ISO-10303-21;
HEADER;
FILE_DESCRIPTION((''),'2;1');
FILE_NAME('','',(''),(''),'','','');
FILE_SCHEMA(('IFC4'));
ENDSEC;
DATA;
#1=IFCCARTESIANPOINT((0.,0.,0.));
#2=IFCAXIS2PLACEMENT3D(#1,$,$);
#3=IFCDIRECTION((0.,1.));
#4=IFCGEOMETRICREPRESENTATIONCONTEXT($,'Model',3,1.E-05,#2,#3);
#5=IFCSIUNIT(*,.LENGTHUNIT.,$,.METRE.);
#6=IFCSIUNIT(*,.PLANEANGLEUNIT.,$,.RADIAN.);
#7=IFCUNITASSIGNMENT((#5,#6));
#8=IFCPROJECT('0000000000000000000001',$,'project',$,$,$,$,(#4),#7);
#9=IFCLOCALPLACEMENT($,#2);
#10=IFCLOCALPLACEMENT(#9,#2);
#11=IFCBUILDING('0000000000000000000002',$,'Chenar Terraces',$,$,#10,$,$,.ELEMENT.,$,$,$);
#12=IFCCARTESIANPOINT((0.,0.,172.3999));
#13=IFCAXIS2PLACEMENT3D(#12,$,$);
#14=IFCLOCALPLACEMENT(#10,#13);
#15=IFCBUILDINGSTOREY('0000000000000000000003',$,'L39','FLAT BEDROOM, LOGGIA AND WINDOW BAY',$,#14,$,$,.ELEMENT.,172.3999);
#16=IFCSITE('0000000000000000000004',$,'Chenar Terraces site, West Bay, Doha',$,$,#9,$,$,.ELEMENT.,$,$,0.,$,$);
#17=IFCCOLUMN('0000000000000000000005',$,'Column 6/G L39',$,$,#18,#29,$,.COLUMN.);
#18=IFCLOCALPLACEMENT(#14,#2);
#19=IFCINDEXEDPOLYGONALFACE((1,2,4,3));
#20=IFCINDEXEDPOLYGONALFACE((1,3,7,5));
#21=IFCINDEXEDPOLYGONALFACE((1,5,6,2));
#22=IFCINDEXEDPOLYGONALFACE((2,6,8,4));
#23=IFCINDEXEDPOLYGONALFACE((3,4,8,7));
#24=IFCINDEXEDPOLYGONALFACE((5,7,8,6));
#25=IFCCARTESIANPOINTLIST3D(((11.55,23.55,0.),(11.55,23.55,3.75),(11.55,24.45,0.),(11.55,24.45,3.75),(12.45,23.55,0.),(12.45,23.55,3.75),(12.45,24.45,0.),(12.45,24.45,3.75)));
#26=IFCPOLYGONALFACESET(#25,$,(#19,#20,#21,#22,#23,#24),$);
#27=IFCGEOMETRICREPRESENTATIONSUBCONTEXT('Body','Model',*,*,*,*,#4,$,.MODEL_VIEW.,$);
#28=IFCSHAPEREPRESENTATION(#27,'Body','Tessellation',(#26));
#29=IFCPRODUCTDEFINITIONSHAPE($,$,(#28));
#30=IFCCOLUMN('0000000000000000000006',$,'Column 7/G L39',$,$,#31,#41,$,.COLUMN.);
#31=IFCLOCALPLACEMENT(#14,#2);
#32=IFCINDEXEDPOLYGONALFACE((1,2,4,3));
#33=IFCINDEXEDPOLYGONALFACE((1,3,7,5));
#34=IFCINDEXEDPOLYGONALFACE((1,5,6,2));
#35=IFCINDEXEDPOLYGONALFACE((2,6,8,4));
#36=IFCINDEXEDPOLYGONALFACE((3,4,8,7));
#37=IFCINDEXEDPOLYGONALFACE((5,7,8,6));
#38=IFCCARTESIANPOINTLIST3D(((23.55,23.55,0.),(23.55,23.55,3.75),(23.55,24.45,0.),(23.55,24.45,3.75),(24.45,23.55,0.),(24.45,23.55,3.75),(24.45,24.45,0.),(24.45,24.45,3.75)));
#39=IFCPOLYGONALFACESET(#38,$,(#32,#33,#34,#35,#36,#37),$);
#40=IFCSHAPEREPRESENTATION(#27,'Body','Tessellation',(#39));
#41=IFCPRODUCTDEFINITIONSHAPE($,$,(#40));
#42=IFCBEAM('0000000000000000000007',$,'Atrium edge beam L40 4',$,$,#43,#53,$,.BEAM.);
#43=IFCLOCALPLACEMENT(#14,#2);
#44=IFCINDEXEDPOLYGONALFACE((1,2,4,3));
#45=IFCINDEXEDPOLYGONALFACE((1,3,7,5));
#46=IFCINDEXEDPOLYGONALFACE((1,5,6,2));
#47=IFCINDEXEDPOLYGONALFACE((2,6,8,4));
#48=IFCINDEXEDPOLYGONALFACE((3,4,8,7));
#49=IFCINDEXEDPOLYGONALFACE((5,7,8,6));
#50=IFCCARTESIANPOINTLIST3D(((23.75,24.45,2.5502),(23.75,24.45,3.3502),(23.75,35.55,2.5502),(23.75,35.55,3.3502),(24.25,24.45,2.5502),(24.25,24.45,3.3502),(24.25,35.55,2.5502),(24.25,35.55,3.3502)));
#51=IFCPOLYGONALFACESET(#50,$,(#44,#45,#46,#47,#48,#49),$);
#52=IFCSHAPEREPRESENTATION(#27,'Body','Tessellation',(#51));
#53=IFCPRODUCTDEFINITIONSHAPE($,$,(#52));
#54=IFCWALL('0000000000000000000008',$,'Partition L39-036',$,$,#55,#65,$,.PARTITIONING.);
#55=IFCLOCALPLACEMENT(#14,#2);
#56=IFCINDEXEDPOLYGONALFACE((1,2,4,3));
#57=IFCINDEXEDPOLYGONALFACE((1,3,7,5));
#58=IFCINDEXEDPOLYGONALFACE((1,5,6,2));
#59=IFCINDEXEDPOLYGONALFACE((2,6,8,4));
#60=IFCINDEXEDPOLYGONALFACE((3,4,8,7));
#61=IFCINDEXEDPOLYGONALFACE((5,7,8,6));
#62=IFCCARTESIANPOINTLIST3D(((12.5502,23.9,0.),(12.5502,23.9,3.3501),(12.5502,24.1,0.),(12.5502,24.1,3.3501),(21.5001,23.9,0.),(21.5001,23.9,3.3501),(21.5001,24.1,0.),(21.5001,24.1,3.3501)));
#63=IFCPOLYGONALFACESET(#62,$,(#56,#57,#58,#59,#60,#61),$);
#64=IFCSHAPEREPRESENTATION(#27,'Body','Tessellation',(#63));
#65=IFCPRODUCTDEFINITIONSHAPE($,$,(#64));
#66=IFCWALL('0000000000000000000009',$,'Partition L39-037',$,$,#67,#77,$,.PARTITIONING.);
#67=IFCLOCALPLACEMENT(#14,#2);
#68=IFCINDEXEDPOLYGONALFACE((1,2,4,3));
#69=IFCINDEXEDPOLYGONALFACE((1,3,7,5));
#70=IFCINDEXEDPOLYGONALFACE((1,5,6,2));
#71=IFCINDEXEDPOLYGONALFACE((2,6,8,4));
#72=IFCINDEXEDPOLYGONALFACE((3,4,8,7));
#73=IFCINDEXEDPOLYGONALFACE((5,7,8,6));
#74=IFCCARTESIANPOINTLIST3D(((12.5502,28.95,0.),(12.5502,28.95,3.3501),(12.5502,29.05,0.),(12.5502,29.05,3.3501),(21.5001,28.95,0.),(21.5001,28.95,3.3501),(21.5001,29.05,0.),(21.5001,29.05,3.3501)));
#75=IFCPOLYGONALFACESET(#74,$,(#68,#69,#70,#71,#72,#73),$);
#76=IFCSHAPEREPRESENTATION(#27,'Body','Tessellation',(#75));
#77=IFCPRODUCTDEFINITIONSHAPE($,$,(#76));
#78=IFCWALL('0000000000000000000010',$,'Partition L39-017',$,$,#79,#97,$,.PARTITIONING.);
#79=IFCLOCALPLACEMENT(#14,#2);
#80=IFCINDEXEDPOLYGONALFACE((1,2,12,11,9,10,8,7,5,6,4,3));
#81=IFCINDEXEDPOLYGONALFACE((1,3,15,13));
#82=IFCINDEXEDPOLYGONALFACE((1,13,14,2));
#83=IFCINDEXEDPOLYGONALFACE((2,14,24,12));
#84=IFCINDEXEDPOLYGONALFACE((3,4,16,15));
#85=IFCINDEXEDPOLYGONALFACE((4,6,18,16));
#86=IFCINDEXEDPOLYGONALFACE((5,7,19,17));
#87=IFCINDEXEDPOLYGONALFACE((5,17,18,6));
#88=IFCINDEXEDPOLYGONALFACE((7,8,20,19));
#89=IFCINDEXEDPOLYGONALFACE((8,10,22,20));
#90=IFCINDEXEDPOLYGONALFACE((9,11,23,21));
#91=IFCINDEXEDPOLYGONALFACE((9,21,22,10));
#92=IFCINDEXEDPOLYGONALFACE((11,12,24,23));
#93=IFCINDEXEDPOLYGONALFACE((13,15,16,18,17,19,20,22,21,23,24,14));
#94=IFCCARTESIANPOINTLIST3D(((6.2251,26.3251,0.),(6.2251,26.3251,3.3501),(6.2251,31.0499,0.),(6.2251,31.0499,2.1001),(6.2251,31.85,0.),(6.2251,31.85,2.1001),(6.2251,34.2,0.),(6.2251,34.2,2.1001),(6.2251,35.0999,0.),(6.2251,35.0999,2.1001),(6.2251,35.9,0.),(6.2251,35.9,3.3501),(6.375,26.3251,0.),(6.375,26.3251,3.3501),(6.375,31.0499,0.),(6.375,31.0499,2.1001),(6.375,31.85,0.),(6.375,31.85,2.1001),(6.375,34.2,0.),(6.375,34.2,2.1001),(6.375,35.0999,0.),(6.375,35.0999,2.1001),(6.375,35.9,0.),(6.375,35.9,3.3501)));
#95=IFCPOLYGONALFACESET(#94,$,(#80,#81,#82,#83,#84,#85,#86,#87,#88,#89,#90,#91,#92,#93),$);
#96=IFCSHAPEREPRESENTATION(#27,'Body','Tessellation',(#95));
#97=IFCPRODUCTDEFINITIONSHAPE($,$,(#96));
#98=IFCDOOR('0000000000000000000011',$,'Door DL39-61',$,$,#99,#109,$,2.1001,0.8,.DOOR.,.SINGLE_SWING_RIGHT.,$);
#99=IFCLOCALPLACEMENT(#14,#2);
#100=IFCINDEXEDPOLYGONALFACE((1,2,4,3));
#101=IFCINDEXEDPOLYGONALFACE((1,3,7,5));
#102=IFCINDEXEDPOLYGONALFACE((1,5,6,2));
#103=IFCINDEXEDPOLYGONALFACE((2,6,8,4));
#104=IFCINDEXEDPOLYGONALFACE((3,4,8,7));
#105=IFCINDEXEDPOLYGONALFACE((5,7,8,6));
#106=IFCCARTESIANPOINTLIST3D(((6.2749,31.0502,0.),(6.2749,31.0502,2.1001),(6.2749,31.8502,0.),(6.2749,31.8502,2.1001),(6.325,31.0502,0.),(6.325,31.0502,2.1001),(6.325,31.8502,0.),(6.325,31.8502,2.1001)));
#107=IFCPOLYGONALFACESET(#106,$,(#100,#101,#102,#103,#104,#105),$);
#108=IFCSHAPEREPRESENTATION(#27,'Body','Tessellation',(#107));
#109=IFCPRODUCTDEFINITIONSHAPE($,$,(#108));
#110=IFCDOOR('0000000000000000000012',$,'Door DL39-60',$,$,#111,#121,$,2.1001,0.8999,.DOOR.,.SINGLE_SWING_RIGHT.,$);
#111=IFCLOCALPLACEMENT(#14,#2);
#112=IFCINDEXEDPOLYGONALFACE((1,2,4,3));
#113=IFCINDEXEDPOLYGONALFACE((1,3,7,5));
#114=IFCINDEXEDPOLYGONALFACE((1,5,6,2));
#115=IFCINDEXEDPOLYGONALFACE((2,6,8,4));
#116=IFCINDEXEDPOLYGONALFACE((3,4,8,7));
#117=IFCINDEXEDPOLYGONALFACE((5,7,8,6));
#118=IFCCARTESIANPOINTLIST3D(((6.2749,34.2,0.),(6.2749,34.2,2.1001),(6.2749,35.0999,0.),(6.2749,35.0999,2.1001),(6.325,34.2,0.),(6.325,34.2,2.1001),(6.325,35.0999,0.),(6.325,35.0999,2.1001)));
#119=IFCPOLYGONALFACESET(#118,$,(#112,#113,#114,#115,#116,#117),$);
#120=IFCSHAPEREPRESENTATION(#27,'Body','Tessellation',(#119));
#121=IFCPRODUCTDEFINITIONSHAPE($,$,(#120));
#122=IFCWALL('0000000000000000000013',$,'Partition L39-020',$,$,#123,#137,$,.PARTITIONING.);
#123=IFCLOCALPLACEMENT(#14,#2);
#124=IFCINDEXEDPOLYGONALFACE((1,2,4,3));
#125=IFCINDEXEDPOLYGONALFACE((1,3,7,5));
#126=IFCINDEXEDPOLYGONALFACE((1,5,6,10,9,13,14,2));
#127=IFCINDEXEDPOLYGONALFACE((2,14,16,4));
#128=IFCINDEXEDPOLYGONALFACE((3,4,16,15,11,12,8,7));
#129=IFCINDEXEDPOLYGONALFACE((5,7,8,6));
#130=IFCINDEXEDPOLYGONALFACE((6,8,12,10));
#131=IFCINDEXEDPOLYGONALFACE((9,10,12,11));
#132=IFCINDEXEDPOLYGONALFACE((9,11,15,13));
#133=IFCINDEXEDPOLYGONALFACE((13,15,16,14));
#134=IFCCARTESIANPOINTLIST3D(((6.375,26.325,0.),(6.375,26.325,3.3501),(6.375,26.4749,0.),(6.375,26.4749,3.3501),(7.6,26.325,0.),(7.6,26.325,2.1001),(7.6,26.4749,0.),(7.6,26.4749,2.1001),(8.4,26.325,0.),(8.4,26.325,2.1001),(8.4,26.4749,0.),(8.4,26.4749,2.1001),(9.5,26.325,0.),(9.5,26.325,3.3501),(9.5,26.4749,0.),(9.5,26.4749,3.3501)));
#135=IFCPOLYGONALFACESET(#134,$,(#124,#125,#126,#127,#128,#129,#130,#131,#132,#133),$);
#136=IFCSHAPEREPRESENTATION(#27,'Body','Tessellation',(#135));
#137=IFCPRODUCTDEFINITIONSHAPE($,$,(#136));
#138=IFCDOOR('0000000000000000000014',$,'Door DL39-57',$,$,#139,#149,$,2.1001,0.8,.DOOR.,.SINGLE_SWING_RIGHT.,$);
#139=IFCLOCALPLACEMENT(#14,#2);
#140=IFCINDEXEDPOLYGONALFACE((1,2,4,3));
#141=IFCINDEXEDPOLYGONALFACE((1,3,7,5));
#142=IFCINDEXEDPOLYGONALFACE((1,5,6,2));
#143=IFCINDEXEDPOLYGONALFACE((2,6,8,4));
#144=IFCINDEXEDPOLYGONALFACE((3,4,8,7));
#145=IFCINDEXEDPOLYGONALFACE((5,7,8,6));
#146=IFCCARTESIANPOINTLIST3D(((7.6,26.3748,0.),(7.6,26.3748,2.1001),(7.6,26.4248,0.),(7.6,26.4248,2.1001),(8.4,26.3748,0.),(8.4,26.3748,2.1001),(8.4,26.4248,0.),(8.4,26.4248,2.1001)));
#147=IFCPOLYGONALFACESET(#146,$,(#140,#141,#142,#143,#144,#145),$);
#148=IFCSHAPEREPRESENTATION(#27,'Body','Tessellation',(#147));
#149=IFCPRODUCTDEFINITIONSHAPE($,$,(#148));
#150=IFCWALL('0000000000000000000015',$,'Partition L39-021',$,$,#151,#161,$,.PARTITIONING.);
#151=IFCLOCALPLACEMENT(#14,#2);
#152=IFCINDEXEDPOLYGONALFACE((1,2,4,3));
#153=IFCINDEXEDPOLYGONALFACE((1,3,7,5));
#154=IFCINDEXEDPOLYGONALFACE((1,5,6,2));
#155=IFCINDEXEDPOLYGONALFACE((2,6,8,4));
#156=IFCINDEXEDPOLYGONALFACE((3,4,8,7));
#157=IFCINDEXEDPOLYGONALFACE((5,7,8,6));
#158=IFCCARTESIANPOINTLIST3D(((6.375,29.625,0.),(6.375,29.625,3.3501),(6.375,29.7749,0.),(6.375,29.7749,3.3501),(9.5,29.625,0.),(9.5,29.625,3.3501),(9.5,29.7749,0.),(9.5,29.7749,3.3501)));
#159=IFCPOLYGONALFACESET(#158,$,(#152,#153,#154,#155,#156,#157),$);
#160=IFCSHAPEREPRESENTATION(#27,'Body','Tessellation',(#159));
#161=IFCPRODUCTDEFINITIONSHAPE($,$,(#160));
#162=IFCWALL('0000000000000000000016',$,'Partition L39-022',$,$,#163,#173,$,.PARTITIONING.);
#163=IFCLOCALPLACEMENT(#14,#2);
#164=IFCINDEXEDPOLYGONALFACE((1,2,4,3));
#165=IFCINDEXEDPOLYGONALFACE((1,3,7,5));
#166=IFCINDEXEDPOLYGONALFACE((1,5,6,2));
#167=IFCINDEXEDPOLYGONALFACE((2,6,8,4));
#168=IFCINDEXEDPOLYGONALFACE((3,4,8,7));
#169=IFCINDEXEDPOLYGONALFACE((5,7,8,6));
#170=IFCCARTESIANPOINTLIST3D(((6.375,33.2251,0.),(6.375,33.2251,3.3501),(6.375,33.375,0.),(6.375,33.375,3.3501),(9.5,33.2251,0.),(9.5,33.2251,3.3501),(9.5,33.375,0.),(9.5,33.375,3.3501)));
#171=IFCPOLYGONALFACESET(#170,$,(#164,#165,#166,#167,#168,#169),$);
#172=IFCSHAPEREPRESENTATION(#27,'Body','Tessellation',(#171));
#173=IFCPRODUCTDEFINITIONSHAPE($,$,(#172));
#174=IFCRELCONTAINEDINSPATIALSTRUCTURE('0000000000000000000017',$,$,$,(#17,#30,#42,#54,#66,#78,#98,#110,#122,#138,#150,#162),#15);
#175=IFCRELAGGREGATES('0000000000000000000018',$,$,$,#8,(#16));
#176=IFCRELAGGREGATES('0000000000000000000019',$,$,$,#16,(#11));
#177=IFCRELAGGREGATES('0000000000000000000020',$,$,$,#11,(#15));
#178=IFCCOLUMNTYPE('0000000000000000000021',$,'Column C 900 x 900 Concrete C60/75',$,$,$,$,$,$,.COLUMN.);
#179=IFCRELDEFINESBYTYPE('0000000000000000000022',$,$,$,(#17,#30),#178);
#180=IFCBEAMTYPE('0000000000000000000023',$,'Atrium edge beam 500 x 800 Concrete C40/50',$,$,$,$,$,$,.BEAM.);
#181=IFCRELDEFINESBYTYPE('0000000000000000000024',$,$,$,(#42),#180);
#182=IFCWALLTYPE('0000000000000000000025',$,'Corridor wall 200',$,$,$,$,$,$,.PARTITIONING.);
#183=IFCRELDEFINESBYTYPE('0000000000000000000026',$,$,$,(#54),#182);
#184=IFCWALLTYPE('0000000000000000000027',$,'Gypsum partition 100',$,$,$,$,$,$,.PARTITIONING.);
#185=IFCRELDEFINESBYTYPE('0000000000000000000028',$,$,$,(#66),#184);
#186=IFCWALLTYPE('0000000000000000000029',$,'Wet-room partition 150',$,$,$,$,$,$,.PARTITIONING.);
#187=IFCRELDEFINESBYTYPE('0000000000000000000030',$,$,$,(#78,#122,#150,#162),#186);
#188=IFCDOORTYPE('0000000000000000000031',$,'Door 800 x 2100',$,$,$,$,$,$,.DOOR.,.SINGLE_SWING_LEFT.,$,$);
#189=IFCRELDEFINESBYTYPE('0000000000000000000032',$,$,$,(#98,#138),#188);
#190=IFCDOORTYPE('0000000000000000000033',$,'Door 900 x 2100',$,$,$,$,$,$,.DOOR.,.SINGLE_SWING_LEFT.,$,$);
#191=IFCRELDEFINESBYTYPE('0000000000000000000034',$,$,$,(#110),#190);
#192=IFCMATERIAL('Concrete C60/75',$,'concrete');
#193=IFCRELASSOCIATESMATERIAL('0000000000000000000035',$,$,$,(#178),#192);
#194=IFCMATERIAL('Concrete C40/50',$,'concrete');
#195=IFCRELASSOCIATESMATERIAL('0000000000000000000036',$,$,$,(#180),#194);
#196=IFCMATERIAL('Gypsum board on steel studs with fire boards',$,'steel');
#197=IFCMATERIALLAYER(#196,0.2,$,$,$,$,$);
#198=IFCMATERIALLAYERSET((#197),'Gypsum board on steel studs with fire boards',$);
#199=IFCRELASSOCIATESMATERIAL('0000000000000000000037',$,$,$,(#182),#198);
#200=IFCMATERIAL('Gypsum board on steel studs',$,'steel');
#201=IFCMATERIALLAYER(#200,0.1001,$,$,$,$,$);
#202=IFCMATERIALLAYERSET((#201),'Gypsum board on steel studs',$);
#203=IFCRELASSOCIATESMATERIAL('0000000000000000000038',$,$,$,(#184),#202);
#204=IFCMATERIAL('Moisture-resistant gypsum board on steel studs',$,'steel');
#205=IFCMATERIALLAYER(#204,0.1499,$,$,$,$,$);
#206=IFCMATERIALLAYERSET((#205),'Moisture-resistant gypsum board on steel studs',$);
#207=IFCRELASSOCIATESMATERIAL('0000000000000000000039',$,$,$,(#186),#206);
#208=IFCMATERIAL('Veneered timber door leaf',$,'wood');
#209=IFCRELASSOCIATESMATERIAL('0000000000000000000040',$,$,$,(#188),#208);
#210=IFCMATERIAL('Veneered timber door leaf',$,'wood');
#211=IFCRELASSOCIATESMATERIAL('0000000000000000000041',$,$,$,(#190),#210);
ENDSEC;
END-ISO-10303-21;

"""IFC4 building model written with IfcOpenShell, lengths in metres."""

from ifc_helpers import new_model, si_unit, direction, frame, frame_2d, origin, origin_2d, place, context, subcontext, project, spatial, rectangle, extrude, material, layer, layer_set, material_profile, profile_set, type_object, element, fill, save


model = new_model("IFC4")

# Units and contexts
model_context = context("Model", 3, precision=1e-05, world=origin(), true_north=direction((0.0, 1.0)))
body_context = subcontext(model_context, "Body", "Model", "MODEL_VIEW")
ifc_project = project(units=[si_unit("LENGTHUNIT", "METRE"), si_unit("PLANEANGLEUNIT", "RADIAN")], contexts=[model_context])

# Site, building, storey
site_placement = place(None, origin())
site = spatial("IfcSite", under=ifc_project, at=site_placement, Name="Chenar Terraces site, West Bay, Doha", CompositionType="ELEMENT", RefElevation=0.0)
building_placement = place(site_placement, origin())
building = spatial("IfcBuilding", under=site, at=building_placement, Name="Chenar Terraces", CompositionType="ELEMENT")
storey_placement = place(building_placement, frame((0.0, 0.0, 172.3999)))
storey = spatial("IfcBuildingStorey", under=building, at=storey_placement, Name="L39", Description="FLAT BEDROOM, LOGGIA AND WINDOW BAY", CompositionType="ELEMENT", Elevation=172.3999)

# Columns
ifc_material_1 = material(Name="Concrete C60/75", Category="concrete")
ifc_material_profile_1 = material_profile(ifc_material_1, rectangle(XDim=0.8999, YDim=0.8999, at=origin_2d()), Name="C 900 x 900")
ifc_profile_set_1 = profile_set([ifc_material_profile_1], Name="Concrete C60/75")
column_type = type_object("IfcColumnType", Name="Column C 900 x 900 Concrete C60/75", PredefinedType="COLUMN", material=ifc_profile_set_1)
for number, where, z_axis, x_axis, name in (
    (1, (12.0, 24.0, 0.0), (0.0, 0.0, 1.0), (1.0, 0.0, 0.0), "Column 6/G L39"),
    (2, (24.0, 24.0, 0.0), (0.0, 0.0, 1.0), (1.0, 0.0, 0.0), "Column 7/G L39"),
):
    element("IfcColumn", number, at=place(storey_placement, frame(where, z_axis=z_axis, x_axis=x_axis)), inside=storey, type_object=column_type, Name=name, PredefinedType="COLUMN", context=body_context, shape_type="SweptSolid", body=[
        extrude(rectangle(XDim=0.8999, YDim=0.8999, at=origin_2d()), origin(), (0.0, 0.0, 1.0), 3.75),
    ])

# Beam
ifc_material_2 = material(Name="Concrete C40/50", Category="concrete")
ifc_material_profile_2 = material_profile(ifc_material_2, rectangle(XDim=0.5, YDim=0.8, at=origin_2d()), Name="RC 500 x 800")
ifc_profile_set_2 = profile_set([ifc_material_profile_2], Name="Concrete C40/50")
beam_type = type_object("IfcBeamType", Name="Atrium edge beam 500 x 800 Concrete C40/50", PredefinedType="BEAM", material=ifc_profile_set_2)
beam_placement = place(storey_placement, frame((24.0, 35.55, 2.9502), z_axis=(0.0, -1.0, 0.0), x_axis=(1.0, 0.0, 0.0)))
element("IfcBeam", 3, at=beam_placement, inside=storey, type_object=beam_type, Name="Atrium edge beam L40 4", PredefinedType="BEAM", context=body_context, shape_type="SweptSolid", body=[
    extrude(rectangle(XDim=0.5, YDim=0.8, at=origin_2d()), origin(), (0.0, 0.0, 1.0), 11.1001),
])

# Walls
ifc_material_3 = material(Name="Gypsum board on steel studs with fire boards", Category="steel")
ifc_layer_1 = layer(ifc_material_3, 0.2)
ifc_layer_set_1 = layer_set([ifc_layer_1], Name="Gypsum board on steel studs with fire boards")
wall_type_1 = type_object("IfcWallType", Name="Corridor wall 200", PredefinedType="PARTITIONING", material=ifc_layer_set_1)
wall_1_placement = place(storey_placement, frame((12.55, 24.0, 0.0), z_axis=(0.0, 0.0, 1.0), x_axis=(1.0, 0.0, 0.0)))
element("IfcWall", 4, at=wall_1_placement, inside=storey, type_object=wall_type_1, Name="Partition L39-036", PredefinedType="PARTITIONING", context=body_context, shape_type="SweptSolid", body=[
    extrude(rectangle(XDim=8.95, YDim=0.2, at=frame_2d((4.4751, 0.0))), origin(), (0.0, 0.0, 1.0), 3.3501),
])
ifc_material_4 = material(Name="Gypsum board on steel studs", Category="steel")
ifc_layer_2 = layer(ifc_material_4, 0.1001)
ifc_layer_set_2 = layer_set([ifc_layer_2], Name="Gypsum board on steel studs")
wall_type_2 = type_object("IfcWallType", Name="Gypsum partition 100", PredefinedType="PARTITIONING", material=ifc_layer_set_2)
wall_2_placement = place(storey_placement, frame((12.55, 29.0, 0.0), z_axis=(0.0, 0.0, 1.0), x_axis=(1.0, 0.0, 0.0)))
element("IfcWall", 5, at=wall_2_placement, inside=storey, type_object=wall_type_2, Name="Partition L39-037", PredefinedType="PARTITIONING", context=body_context, shape_type="SweptSolid", body=[
    extrude(rectangle(XDim=8.95, YDim=0.1001, at=frame_2d((4.4751, 0.0))), origin(), (0.0, 0.0, 1.0), 3.3501),
])

# Wall, openings, doors
ifc_material_5 = material(Name="Moisture-resistant gypsum board on steel studs", Category="steel")
ifc_layer_3 = layer(ifc_material_5, 0.1499)
ifc_layer_set_3 = layer_set([ifc_layer_3], Name="Moisture-resistant gypsum board on steel studs")
wall_type_3 = type_object("IfcWallType", Name="Wet-room partition 150", PredefinedType="PARTITIONING", material=ifc_layer_set_3)
wall_3_placement = place(storey_placement, frame((6.3, 26.325, 0.0), z_axis=(0.0, 0.0, 1.0), x_axis=(0.0, 1.0, 0.0)))
wall_3 = element("IfcWall", 6, at=wall_3_placement, inside=storey, type_object=wall_type_3, Name="Partition L39-017", PredefinedType="PARTITIONING", context=body_context, shape_type="SweptSolid", body=[
    extrude(rectangle(XDim=9.575, YDim=0.1499, at=frame_2d((4.7876, 0.0))), origin(), (0.0, 0.0, 1.0), 3.3501),
])
opening_1_placement = place(wall_3_placement, frame((7.875, 0.0, 0.0)))
opening_1 = element("IfcOpeningElement", 7, at=opening_1_placement, cuts=wall_3, PredefinedType="OPENING", context=body_context, shape_type="SweptSolid", body=[
    extrude(rectangle(XDim=0.8999, YDim=2.1001, at=frame_2d((0.45, 1.05))), frame((0.0, 0.085, 0.0), z_axis=(0.0, -1.0, 0.0), x_axis=(1.0, 0.0, 0.0)), (0.0, 0.0, 1.0), 0.1699),
])
opening_2_placement = place(wall_3_placement, frame((4.7251, 0.0, 0.0)))
opening_2 = element("IfcOpeningElement", 8, at=opening_2_placement, cuts=wall_3, PredefinedType="OPENING", context=body_context, shape_type="SweptSolid", body=[
    extrude(rectangle(XDim=0.8, YDim=2.1001, at=frame_2d((0.3999, 1.05))), frame((0.0, 0.085, 0.0), z_axis=(0.0, -1.0, 0.0), x_axis=(1.0, 0.0, 0.0)), (0.0, 0.0, 1.0), 0.1699),
])
ifc_material_6 = material(Name="Veneered timber door leaf", Category="wood")
door_type_1 = type_object("IfcDoorType", Name="Door 800 x 2100", OperationType="SINGLE_SWING_LEFT", PredefinedType="DOOR", material=ifc_material_6)
door_1_placement = place(opening_2_placement, frame((0.8, 0.0, 0.0), z_axis=(0.0, 0.0, 1.0), x_axis=(-1.0, 0.0, 0.0)))
door_1 = element("IfcDoor", 9, at=door_1_placement, inside=storey, type_object=door_type_1, Name="Door DL39-61", OperationType="SINGLE_SWING_RIGHT", OverallHeight=2.1001, OverallWidth=0.8, PredefinedType="DOOR", context=body_context, shape_type="SweptSolid", body=[
    extrude(rectangle(XDim=0.8, YDim=2.1001, at=frame_2d((0.3999, 1.05))), frame((0.0, 0.0249, 0.0), z_axis=(0.0, -1.0, 0.0), x_axis=(1.0, 0.0, 0.0)), (0.0, 0.0, 1.0), 0.05),
])
fill(opening_2, door_1)
ifc_material_7 = material(Name="Veneered timber door leaf", Category="wood")
door_type_2 = type_object("IfcDoorType", Name="Door 900 x 2100", OperationType="SINGLE_SWING_LEFT", PredefinedType="DOOR", material=ifc_material_7)
door_2_placement = place(opening_1_placement, frame((0.8999, 0.0, 0.0), z_axis=(0.0, 0.0, 1.0), x_axis=(-1.0, 0.0, 0.0)))
door_2 = element("IfcDoor", 10, at=door_2_placement, inside=storey, type_object=door_type_2, Name="Door DL39-60", OperationType="SINGLE_SWING_RIGHT", OverallHeight=2.1001, OverallWidth=0.8999, PredefinedType="DOOR", context=body_context, shape_type="SweptSolid", body=[
    extrude(rectangle(XDim=0.8999, YDim=2.1001, at=frame_2d((0.45, 1.05))), frame((0.0, 0.0249, 0.0), z_axis=(0.0, -1.0, 0.0), x_axis=(1.0, 0.0, 0.0)), (0.0, 0.0, 1.0), 0.05),
])
fill(opening_1, door_2)

# Wall, opening, door
wall_4_placement = place(storey_placement, frame((6.375, 26.3999, 0.0), z_axis=(0.0, 0.0, 1.0), x_axis=(1.0, 0.0, 0.0)))
wall_4 = element("IfcWall", 11, at=wall_4_placement, inside=storey, type_object=wall_type_3, Name="Partition L39-020", PredefinedType="PARTITIONING", context=body_context, shape_type="SweptSolid", body=[
    extrude(rectangle(XDim=3.125, YDim=0.1499, at=frame_2d((1.5625, 0.0))), origin(), (0.0, 0.0, 1.0), 3.3501),
])
opening_3_placement = place(wall_4_placement, frame((1.2251, 0.0, 0.0)))
opening_3 = element("IfcOpeningElement", 12, at=opening_3_placement, cuts=wall_4, PredefinedType="OPENING", context=body_context, shape_type="SweptSolid", body=[
    extrude(rectangle(XDim=0.8, YDim=2.1001, at=frame_2d((0.3999, 1.05))), frame((0.0, 0.085, 0.0), z_axis=(0.0, -1.0, 0.0), x_axis=(1.0, 0.0, 0.0)), (0.0, 0.0, 1.0), 0.1699),
])
door_3_placement = place(opening_3_placement, origin())
door_3 = element("IfcDoor", 13, at=door_3_placement, inside=storey, type_object=door_type_1, Name="Door DL39-57", OperationType="SINGLE_SWING_RIGHT", OverallHeight=2.1001, OverallWidth=0.8, PredefinedType="DOOR", context=body_context, shape_type="SweptSolid", body=[
    extrude(rectangle(XDim=0.8, YDim=2.1001, at=frame_2d((0.3999, 1.05))), frame((0.0, 0.0249, 0.0), z_axis=(0.0, -1.0, 0.0), x_axis=(1.0, 0.0, 0.0)), (0.0, 0.0, 1.0), 0.05),
])
fill(opening_3, door_3)

# Walls
for number, where, z_axis, x_axis, name in (
    (14, (6.375, 29.7, 0.0), (0.0, 0.0, 1.0), (1.0, 0.0, 0.0), "Partition L39-021"),
    (15, (6.375, 33.3, 0.0), (0.0, 0.0, 1.0), (1.0, 0.0, 0.0), "Partition L39-022"),
):
    element("IfcWall", number, at=place(storey_placement, frame(where, z_axis=z_axis, x_axis=x_axis)), inside=storey, type_object=wall_type_3, Name=name, PredefinedType="PARTITIONING", context=body_context, shape_type="SweptSolid", body=[
        extrude(rectangle(XDim=3.125, YDim=0.1499, at=frame_2d((1.5625, 0.0))), origin(), (0.0, 0.0, 1.0), 3.3501),
    ])

save(model, "model.ifc")
